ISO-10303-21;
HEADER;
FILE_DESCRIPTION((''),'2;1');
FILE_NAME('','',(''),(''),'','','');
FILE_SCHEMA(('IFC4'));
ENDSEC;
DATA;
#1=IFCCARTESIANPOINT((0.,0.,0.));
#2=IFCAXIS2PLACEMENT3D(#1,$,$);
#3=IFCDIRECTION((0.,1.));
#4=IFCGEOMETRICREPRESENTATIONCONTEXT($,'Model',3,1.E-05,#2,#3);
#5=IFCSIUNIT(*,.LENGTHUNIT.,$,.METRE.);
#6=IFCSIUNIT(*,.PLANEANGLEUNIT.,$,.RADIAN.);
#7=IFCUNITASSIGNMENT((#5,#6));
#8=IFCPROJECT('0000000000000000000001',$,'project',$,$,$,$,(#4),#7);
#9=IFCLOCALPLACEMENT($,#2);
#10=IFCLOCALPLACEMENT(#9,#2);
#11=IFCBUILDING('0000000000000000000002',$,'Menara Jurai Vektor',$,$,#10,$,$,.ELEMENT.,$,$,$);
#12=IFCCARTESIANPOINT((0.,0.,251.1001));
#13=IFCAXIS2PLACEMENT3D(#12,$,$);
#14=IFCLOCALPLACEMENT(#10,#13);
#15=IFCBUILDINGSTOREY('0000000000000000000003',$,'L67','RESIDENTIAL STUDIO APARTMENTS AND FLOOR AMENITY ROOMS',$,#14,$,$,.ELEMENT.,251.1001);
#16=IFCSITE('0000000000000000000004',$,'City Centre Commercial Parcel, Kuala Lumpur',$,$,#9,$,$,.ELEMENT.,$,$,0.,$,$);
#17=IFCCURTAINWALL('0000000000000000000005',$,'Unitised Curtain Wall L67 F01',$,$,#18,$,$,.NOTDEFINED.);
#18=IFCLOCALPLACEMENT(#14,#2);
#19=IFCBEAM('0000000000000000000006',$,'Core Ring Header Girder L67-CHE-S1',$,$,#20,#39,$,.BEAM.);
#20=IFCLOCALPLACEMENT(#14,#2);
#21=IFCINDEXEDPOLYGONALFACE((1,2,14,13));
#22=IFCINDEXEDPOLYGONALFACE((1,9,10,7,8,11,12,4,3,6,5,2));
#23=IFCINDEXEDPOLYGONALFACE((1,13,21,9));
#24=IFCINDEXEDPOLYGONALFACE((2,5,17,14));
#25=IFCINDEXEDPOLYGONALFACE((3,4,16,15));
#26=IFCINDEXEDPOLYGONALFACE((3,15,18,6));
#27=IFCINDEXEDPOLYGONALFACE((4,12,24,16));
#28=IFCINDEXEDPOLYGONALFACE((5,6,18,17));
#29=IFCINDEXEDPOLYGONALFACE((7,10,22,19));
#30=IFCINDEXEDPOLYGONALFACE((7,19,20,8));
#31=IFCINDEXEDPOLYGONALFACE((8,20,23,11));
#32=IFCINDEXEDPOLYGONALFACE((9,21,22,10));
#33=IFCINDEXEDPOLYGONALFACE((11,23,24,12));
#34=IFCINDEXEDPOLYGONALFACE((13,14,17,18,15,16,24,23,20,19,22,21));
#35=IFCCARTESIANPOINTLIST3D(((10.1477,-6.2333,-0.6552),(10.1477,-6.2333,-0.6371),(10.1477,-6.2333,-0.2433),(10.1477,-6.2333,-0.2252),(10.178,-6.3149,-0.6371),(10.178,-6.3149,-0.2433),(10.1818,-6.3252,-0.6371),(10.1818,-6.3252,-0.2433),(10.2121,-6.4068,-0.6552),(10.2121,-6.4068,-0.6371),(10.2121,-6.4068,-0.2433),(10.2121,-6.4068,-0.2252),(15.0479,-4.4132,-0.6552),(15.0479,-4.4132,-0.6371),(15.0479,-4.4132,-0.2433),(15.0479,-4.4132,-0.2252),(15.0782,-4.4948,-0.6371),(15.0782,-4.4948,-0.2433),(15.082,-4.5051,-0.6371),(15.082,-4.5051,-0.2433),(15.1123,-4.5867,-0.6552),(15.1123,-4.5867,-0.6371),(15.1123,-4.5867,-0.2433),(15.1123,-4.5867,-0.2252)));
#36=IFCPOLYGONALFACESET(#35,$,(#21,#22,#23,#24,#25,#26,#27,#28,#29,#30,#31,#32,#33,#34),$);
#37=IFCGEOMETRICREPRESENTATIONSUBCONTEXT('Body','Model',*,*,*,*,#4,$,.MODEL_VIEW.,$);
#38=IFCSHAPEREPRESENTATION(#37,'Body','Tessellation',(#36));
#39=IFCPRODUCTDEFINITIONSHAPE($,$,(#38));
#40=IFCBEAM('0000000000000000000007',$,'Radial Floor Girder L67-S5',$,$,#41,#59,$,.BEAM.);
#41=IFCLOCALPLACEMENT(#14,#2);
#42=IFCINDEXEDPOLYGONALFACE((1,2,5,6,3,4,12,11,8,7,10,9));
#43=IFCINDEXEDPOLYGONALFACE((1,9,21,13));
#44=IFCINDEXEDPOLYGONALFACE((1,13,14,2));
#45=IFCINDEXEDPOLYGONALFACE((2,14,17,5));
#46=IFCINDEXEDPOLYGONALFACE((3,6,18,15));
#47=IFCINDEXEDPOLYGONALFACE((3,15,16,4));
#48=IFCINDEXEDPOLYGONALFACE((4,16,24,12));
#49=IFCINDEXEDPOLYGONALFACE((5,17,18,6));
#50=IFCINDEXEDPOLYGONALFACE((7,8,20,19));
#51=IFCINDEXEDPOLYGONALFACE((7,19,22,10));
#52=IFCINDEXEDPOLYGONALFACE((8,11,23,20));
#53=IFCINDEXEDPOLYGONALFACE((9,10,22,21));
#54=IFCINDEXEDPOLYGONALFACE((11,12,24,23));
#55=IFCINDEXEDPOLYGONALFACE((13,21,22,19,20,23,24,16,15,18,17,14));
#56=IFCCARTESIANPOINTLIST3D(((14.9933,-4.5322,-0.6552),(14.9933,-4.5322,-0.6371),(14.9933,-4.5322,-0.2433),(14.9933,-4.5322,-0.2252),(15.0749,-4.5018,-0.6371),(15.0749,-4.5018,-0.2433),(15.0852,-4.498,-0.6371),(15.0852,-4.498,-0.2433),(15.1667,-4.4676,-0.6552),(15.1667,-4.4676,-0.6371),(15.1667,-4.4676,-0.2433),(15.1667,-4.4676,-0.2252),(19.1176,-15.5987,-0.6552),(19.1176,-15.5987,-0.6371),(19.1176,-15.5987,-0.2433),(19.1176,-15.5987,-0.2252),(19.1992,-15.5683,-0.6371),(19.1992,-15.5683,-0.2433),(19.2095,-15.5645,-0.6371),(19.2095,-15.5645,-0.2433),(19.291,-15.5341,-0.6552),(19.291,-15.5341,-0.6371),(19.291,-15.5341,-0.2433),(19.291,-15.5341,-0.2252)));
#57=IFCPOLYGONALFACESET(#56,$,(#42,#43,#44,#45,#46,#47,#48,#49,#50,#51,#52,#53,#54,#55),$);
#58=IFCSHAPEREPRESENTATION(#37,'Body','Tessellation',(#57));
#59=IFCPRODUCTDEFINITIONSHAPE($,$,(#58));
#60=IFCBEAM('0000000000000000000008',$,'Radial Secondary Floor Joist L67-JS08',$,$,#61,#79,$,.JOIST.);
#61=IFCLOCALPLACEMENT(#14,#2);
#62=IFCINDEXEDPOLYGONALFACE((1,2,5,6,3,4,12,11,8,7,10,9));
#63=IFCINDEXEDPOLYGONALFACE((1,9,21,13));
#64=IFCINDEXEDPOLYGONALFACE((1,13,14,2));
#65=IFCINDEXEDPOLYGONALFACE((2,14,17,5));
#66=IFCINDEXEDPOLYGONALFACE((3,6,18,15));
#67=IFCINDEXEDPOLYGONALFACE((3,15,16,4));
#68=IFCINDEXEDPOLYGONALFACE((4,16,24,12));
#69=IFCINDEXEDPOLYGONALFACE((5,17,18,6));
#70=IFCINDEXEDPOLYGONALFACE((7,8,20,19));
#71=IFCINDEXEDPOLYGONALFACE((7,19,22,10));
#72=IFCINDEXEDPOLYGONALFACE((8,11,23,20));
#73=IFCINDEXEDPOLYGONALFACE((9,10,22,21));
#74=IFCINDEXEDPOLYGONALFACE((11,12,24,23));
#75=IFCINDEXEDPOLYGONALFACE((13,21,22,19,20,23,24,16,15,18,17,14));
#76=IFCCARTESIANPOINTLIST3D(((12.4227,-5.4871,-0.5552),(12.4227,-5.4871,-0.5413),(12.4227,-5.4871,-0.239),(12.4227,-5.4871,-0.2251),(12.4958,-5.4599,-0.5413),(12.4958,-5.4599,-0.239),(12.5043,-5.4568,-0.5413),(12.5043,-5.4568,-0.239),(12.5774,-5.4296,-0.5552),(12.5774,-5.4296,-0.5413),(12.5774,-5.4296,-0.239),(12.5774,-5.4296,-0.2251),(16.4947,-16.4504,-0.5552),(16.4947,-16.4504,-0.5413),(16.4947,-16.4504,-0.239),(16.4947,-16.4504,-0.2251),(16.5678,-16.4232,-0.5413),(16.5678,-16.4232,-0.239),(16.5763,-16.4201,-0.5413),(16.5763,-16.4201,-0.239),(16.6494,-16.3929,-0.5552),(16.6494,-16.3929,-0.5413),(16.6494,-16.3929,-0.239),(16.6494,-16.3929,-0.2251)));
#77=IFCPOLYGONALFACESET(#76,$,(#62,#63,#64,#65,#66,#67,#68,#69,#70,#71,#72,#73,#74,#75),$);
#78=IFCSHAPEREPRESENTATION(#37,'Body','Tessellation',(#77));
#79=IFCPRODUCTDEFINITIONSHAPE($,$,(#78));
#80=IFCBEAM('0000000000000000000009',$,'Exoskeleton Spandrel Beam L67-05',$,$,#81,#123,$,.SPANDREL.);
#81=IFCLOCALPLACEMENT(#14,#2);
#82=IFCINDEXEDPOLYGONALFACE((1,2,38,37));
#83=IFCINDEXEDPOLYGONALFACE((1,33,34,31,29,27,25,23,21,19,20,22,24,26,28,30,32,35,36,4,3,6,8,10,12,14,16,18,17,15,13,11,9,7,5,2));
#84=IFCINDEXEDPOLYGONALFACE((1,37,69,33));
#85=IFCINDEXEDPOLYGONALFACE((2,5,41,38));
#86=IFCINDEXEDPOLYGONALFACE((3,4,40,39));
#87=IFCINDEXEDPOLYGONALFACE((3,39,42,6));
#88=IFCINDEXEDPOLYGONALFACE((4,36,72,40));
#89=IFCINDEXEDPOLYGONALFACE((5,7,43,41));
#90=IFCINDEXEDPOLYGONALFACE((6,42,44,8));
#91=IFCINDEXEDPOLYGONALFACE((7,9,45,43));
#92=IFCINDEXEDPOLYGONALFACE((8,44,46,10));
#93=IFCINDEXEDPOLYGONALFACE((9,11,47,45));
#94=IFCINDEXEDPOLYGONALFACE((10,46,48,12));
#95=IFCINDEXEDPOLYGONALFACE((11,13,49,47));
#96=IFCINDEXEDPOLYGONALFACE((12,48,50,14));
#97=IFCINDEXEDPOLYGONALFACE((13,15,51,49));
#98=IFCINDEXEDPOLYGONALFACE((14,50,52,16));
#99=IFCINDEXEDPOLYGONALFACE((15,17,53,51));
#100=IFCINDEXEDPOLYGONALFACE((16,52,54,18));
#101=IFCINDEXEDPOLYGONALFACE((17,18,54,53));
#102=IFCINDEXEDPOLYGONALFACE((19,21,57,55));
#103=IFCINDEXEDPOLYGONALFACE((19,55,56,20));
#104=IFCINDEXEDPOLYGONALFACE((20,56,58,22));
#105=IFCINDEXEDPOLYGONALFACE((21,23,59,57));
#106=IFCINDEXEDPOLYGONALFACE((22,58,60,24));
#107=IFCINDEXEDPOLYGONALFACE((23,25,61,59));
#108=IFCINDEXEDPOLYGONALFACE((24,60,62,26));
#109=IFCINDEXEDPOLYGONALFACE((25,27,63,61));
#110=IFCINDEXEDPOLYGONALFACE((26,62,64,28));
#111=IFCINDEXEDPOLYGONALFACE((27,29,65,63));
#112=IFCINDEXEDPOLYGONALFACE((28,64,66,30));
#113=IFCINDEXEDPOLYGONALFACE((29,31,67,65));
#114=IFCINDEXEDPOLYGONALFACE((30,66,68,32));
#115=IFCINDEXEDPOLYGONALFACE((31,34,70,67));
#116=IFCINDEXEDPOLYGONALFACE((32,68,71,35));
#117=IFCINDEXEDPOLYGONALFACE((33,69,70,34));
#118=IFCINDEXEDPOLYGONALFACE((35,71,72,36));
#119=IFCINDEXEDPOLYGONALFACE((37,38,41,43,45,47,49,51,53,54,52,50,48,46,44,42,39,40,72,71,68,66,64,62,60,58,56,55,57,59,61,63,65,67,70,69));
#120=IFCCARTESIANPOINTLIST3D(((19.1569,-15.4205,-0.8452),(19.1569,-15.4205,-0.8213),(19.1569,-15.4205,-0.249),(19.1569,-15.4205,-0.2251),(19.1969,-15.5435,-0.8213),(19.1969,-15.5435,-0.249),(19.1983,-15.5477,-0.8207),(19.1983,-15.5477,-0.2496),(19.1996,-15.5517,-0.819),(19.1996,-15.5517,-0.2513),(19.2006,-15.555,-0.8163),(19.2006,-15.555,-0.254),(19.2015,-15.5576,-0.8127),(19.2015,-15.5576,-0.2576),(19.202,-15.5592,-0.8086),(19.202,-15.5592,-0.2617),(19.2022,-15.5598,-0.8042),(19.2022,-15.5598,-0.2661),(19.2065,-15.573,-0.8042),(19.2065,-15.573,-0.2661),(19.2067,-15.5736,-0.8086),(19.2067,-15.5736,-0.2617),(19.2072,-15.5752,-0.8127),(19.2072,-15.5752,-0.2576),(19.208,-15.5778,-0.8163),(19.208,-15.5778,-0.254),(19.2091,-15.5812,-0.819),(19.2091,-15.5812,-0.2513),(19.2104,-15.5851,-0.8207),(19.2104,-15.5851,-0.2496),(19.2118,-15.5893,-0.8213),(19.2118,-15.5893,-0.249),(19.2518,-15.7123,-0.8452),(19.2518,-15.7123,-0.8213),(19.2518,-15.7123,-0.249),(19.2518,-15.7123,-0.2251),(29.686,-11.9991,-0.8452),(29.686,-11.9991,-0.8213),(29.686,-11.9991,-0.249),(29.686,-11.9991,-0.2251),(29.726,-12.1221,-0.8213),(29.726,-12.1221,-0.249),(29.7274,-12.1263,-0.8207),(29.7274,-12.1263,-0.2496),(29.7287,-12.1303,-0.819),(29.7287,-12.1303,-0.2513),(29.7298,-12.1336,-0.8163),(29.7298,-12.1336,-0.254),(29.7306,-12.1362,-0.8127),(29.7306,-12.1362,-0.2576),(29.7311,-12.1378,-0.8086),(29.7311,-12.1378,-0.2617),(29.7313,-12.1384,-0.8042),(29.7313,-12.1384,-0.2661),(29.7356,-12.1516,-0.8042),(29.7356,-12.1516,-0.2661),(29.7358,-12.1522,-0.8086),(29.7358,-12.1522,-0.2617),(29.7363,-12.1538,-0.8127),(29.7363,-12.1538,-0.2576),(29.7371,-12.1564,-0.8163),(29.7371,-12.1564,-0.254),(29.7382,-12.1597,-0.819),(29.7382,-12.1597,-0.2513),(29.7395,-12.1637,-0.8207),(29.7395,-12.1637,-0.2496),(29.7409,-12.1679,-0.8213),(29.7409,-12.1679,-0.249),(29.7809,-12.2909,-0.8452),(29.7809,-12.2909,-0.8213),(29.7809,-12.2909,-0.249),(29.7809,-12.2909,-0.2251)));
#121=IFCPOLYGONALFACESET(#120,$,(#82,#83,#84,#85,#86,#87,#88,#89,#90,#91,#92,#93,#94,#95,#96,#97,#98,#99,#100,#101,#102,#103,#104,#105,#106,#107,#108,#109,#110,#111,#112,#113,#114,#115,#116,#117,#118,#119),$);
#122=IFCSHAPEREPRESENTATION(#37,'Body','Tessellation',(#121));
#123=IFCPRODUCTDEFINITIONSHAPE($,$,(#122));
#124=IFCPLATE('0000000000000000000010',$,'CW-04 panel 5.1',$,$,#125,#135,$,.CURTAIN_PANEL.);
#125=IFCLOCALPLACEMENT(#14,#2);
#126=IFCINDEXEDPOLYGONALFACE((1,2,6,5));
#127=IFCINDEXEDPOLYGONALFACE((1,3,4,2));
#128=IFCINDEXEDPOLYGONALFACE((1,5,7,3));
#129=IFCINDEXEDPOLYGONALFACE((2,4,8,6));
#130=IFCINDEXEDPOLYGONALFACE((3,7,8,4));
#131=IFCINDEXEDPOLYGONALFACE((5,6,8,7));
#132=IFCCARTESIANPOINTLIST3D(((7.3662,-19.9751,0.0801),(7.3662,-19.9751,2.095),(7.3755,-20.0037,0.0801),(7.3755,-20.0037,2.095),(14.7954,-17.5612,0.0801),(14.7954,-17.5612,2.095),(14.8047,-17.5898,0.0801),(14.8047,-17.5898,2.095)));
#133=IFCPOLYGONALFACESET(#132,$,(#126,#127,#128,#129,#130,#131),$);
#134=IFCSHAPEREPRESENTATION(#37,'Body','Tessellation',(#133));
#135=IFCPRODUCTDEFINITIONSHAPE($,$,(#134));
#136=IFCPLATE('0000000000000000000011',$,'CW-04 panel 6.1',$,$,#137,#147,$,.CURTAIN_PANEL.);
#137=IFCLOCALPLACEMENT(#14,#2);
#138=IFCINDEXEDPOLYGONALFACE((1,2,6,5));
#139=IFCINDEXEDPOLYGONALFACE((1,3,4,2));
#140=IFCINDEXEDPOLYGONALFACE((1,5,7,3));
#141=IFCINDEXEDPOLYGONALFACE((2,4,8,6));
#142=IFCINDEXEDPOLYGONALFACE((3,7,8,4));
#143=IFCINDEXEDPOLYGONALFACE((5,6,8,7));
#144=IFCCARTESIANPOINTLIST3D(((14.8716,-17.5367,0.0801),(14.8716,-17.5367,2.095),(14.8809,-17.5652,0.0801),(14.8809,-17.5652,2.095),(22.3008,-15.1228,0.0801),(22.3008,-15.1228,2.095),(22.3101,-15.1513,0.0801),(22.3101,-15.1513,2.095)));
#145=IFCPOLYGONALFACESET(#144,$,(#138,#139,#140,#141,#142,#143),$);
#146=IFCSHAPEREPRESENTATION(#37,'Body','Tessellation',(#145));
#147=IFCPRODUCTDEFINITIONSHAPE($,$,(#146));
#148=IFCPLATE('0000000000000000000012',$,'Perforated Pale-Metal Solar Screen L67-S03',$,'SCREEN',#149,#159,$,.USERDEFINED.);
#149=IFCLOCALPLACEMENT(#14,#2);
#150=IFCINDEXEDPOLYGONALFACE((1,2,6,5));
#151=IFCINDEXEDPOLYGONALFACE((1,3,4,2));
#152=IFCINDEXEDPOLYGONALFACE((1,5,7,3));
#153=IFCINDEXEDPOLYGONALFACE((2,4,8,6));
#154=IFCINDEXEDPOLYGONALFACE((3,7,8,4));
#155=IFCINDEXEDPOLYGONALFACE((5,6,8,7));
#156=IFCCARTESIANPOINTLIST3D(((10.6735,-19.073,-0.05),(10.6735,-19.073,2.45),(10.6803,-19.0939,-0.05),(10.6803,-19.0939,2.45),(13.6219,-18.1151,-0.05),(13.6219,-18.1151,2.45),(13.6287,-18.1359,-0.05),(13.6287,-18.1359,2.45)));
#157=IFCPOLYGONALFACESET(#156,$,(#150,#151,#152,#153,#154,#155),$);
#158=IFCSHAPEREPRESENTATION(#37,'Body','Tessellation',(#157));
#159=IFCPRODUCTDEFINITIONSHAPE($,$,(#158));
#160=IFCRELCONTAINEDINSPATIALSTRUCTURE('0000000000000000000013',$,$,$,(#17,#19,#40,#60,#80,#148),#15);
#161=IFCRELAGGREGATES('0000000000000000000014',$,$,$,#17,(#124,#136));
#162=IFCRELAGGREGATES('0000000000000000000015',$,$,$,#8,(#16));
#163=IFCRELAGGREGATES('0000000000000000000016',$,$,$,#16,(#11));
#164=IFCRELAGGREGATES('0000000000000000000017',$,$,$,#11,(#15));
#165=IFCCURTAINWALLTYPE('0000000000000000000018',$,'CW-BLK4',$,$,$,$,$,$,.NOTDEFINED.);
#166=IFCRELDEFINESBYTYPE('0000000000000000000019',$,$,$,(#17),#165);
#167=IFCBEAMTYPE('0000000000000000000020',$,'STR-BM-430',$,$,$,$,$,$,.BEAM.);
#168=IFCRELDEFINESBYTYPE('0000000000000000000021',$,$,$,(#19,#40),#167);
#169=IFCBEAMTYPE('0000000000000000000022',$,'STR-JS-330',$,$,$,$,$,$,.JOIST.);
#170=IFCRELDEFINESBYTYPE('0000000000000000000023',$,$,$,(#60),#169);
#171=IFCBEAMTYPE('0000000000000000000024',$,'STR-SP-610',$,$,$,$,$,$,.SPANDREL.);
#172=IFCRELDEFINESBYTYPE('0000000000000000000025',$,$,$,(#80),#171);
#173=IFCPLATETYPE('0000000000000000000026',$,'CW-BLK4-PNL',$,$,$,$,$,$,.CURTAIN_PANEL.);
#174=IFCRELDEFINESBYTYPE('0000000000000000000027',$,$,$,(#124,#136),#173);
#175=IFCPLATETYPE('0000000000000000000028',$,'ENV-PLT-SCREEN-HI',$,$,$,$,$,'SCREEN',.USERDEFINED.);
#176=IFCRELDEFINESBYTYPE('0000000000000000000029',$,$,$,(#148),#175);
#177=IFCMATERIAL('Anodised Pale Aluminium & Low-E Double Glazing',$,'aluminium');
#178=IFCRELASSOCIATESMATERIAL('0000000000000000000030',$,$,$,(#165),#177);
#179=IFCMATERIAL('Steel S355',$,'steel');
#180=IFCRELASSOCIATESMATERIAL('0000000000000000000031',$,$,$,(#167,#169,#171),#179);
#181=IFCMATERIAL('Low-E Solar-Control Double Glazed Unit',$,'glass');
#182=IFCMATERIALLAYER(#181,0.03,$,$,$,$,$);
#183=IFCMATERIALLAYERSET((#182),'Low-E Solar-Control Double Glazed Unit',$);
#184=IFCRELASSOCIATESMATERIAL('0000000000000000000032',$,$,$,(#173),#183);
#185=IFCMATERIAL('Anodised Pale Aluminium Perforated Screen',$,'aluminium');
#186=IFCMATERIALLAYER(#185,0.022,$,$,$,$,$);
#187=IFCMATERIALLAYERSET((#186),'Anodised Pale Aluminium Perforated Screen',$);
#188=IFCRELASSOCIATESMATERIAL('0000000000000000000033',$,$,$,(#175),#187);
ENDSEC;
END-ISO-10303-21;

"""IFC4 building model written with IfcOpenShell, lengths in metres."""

from ifc_helpers import new_model, si_unit, direction, frame, origin, origin_2d, place, context, subcontext, project, spatial, rectangle, i_section, extrude, material, layer, layer_set, material_profile, profile_set, type_object, element, aggregate, save


model = new_model("IFC4")

# Units and contexts
model_context = context("Model", 3, precision=1e-05, world=origin(), true_north=direction((0.0, 1.0)))
body_context = subcontext(model_context, "Body", "Model", "MODEL_VIEW")
ifc_project = project(units=[si_unit("LENGTHUNIT", "METRE"), si_unit("PLANEANGLEUNIT", "RADIAN")], contexts=[model_context])

# Site, building, storey
site_placement = place(None, origin())
site = spatial("IfcSite", under=ifc_project, at=site_placement, Name="City Centre Commercial Parcel, Kuala Lumpur", CompositionType="ELEMENT", RefElevation=0.0)
building_placement = place(site_placement, origin())
building = spatial("IfcBuilding", under=site, at=building_placement, Name="Menara Jurai Vektor", CompositionType="ELEMENT")
storey_placement = place(building_placement, frame((0.0, 0.0, 251.1001)))
storey = spatial("IfcBuildingStorey", under=building, at=storey_placement, Name="L67", Description="RESIDENTIAL STUDIO APARTMENTS AND FLOOR AMENITY ROOMS", CompositionType="ELEMENT", Elevation=251.1001)

# Curtain wall
ifc_material_1 = material(Name="Anodised Pale Aluminium & Low-E Double Glazing", Category="aluminium")
curtain_wall_type = type_object("IfcCurtainWallType", Name="CW-BLK4", PredefinedType="NOTDEFINED", material=ifc_material_1)
curtain_wall_placement = place(storey_placement, origin())
curtain_wall = element("IfcCurtainWall", 1, at=curtain_wall_placement, inside=storey, type_object=curtain_wall_type, Name="Unitised Curtain Wall L67 F01", PredefinedType="NOTDEFINED")

# Beams
ifc_material_2 = material(Name="Steel S355", Category="steel")
ifc_material_profile_1 = material_profile(ifc_material_2, i_section(OverallWidth=0.1851, OverallDepth=0.4299, WebThickness=0.011, FlangeThickness=0.0181, at=origin_2d()), Name="PG 430x185x76")
ifc_profile_set_1 = profile_set([ifc_material_profile_1], Name="Steel S355")
beam_type_1 = type_object("IfcBeamType", Name="STR-BM-430", PredefinedType="BEAM", material=ifc_profile_set_1)
beam_1_placement = place(storey_placement, frame((10.1799, -6.3201, -0.4402), z_axis=(0.937424, 0.348189, 0.0), x_axis=(-0.348189, 0.937424, 0.0)))
element("IfcBeam", 2, at=beam_1_placement, inside=storey, type_object=beam_type_1, Name="Core Ring Header Girder L67-CHE-S1", PredefinedType="BEAM", context=body_context, shape_type="SweptSolid", body=[
    extrude(i_section(OverallWidth=0.1851, OverallDepth=0.4299, WebThickness=0.011, FlangeThickness=0.0181, at=origin_2d()), origin(), (0.0, 0.0, 1.0), 5.2273),
])
beam_2_placement = place(storey_placement, frame((19.2043, -15.5664, -0.4402), z_axis=(-0.34922, 0.937041, 0.0), x_axis=(-0.937041, -0.34922, 0.0)))
element("IfcBeam", 3, at=beam_2_placement, inside=storey, type_object=beam_type_1, Name="Radial Floor Girder L67-S5", PredefinedType="BEAM", context=body_context, shape_type="SweptSolid", body=[
    extrude(i_section(OverallWidth=0.1851, OverallDepth=0.4299, WebThickness=0.011, FlangeThickness=0.0181, at=origin_2d()), origin(), (0.0, 0.0, 1.0), 11.8101),
])
ifc_material_profile_2 = material_profile(ifc_material_2, i_section(OverallWidth=0.165, OverallDepth=0.3301, WebThickness=0.009, FlangeThickness=0.0139, at=origin_2d()), Name="PG 330x165x46")
ifc_profile_set_2 = profile_set([ifc_material_profile_2], Name="Steel S355")
beam_type_2 = type_object("IfcBeamType", Name="STR-JS-330", PredefinedType="JOIST", material=ifc_profile_set_2)
beam_3_placement = place(storey_placement, frame((16.572, -16.4216, -0.3901), z_axis=(-0.34818, 0.937428, 0.0), x_axis=(-0.937428, -0.34818, 0.0)))
element("IfcBeam", 4, at=beam_3_placement, inside=storey, type_object=beam_type_2, Name="Radial Secondary Floor Joist L67-JS08", PredefinedType="JOIST", context=body_context, shape_type="SweptSolid", body=[
    extrude(i_section(OverallWidth=0.165, OverallDepth=0.3301, WebThickness=0.009, FlangeThickness=0.0139, at=origin_2d()), origin(), (0.0, 0.0, 1.0), 11.6951),
])
ifc_material_profile_3 = material_profile(ifc_material_2, i_section(OverallWidth=0.3069, OverallDepth=0.6201, WebThickness=0.0139, FlangeThickness=0.0239, FilletRadius=0.0171, at=origin_2d()), Name="UKB 610x305x179")
ifc_profile_set_3 = profile_set([ifc_material_profile_3], Name="Steel S355")
beam_type_3 = type_object("IfcBeamType", Name="STR-SP-610", PredefinedType="SPANDREL", material=ifc_profile_set_3)
beam_4_placement = place(storey_placement, frame((19.2043, -15.5664, -0.5352), z_axis=(0.951049, 0.309041, 0.0), x_axis=(-0.309041, 0.951049, 0.0)))
element("IfcBeam", 5, at=beam_4_placement, inside=storey, type_object=beam_type_3, Name="Exoskeleton Spandrel Beam L67-05", PredefinedType="SPANDREL", context=body_context, shape_type="SweptSolid", body=[
    extrude(i_section(OverallWidth=0.3069, OverallDepth=0.6201, WebThickness=0.0139, FlangeThickness=0.0239, FilletRadius=0.0171, at=origin_2d()), origin(), (0.0, 0.0, 1.0), 11.071),
])

# Plates
ifc_material_3 = material(Name="Low-E Solar-Control Double Glazed Unit", Category="glass")
ifc_layer_1 = layer(ifc_material_3, 0.03)
ifc_layer_set_1 = layer_set([ifc_layer_1], Name="Low-E Solar-Control Double Glazed Unit")
plate_type_1 = type_object("IfcPlateType", Name="CW-BLK4-PNL", PredefinedType="CURTAIN_PANEL", material=ifc_layer_set_1)
plate_1_placement = place(storey_placement, frame((11.0854, -18.7825, 0.0801), z_axis=(0.0, 0.0, 1.0), x_axis=(0.951056, 0.309017, 0.0)))
plate_1 = element("IfcPlate", 6, at=plate_1_placement, type_object=plate_type_1, Name="CW-04 panel 5.1", PredefinedType="CURTAIN_PANEL", context=body_context, shape_type="SweptSolid", body=[
    extrude(rectangle(XDim=7.8115, YDim=0.03, at=origin_2d()), origin(), (0.0, 0.0, 1.0), 2.0149),
])
plate_2_placement = place(storey_placement, frame((18.5908, -16.344, 0.0801), z_axis=(0.0, 0.0, 1.0), x_axis=(0.951056, 0.309017, 0.0)))
plate_2 = element("IfcPlate", 7, at=plate_2_placement, type_object=plate_type_1, Name="CW-04 panel 6.1", PredefinedType="CURTAIN_PANEL", context=body_context, shape_type="SweptSolid", body=[
    extrude(rectangle(XDim=7.8115, YDim=0.03, at=origin_2d()), origin(), (0.0, 0.0, 1.0), 2.0149),
])
aggregate(curtain_wall, [plate_1, plate_2])
ifc_material_4 = material(Name="Anodised Pale Aluminium Perforated Screen", Category="aluminium")
ifc_layer_2 = layer(ifc_material_4, 0.022)
ifc_layer_set_2 = layer_set([ifc_layer_2], Name="Anodised Pale Aluminium Perforated Screen")
plate_type_2 = type_object("IfcPlateType", Name="ENV-PLT-SCREEN-HI", ElementType="SCREEN", PredefinedType="USERDEFINED", material=ifc_layer_set_2)
plate_3_placement = place(storey_placement, frame((12.1511, -18.6045, -0.05), z_axis=(0.0, 0.0, 1.0), x_axis=(0.951057, 0.309017, 0.0)))
element("IfcPlate", 8, at=plate_3_placement, inside=storey, type_object=plate_type_2, Name="Perforated Pale-Metal Solar Screen L67-S03", ObjectType="SCREEN", PredefinedType="USERDEFINED", context=body_context, shape_type="SweptSolid", body=[
    extrude(rectangle(XDim=3.1001, YDim=0.022, at=origin_2d()), origin(), (0.0, 0.0, 1.0), 2.5),
])

save(model, "model.ifc")
